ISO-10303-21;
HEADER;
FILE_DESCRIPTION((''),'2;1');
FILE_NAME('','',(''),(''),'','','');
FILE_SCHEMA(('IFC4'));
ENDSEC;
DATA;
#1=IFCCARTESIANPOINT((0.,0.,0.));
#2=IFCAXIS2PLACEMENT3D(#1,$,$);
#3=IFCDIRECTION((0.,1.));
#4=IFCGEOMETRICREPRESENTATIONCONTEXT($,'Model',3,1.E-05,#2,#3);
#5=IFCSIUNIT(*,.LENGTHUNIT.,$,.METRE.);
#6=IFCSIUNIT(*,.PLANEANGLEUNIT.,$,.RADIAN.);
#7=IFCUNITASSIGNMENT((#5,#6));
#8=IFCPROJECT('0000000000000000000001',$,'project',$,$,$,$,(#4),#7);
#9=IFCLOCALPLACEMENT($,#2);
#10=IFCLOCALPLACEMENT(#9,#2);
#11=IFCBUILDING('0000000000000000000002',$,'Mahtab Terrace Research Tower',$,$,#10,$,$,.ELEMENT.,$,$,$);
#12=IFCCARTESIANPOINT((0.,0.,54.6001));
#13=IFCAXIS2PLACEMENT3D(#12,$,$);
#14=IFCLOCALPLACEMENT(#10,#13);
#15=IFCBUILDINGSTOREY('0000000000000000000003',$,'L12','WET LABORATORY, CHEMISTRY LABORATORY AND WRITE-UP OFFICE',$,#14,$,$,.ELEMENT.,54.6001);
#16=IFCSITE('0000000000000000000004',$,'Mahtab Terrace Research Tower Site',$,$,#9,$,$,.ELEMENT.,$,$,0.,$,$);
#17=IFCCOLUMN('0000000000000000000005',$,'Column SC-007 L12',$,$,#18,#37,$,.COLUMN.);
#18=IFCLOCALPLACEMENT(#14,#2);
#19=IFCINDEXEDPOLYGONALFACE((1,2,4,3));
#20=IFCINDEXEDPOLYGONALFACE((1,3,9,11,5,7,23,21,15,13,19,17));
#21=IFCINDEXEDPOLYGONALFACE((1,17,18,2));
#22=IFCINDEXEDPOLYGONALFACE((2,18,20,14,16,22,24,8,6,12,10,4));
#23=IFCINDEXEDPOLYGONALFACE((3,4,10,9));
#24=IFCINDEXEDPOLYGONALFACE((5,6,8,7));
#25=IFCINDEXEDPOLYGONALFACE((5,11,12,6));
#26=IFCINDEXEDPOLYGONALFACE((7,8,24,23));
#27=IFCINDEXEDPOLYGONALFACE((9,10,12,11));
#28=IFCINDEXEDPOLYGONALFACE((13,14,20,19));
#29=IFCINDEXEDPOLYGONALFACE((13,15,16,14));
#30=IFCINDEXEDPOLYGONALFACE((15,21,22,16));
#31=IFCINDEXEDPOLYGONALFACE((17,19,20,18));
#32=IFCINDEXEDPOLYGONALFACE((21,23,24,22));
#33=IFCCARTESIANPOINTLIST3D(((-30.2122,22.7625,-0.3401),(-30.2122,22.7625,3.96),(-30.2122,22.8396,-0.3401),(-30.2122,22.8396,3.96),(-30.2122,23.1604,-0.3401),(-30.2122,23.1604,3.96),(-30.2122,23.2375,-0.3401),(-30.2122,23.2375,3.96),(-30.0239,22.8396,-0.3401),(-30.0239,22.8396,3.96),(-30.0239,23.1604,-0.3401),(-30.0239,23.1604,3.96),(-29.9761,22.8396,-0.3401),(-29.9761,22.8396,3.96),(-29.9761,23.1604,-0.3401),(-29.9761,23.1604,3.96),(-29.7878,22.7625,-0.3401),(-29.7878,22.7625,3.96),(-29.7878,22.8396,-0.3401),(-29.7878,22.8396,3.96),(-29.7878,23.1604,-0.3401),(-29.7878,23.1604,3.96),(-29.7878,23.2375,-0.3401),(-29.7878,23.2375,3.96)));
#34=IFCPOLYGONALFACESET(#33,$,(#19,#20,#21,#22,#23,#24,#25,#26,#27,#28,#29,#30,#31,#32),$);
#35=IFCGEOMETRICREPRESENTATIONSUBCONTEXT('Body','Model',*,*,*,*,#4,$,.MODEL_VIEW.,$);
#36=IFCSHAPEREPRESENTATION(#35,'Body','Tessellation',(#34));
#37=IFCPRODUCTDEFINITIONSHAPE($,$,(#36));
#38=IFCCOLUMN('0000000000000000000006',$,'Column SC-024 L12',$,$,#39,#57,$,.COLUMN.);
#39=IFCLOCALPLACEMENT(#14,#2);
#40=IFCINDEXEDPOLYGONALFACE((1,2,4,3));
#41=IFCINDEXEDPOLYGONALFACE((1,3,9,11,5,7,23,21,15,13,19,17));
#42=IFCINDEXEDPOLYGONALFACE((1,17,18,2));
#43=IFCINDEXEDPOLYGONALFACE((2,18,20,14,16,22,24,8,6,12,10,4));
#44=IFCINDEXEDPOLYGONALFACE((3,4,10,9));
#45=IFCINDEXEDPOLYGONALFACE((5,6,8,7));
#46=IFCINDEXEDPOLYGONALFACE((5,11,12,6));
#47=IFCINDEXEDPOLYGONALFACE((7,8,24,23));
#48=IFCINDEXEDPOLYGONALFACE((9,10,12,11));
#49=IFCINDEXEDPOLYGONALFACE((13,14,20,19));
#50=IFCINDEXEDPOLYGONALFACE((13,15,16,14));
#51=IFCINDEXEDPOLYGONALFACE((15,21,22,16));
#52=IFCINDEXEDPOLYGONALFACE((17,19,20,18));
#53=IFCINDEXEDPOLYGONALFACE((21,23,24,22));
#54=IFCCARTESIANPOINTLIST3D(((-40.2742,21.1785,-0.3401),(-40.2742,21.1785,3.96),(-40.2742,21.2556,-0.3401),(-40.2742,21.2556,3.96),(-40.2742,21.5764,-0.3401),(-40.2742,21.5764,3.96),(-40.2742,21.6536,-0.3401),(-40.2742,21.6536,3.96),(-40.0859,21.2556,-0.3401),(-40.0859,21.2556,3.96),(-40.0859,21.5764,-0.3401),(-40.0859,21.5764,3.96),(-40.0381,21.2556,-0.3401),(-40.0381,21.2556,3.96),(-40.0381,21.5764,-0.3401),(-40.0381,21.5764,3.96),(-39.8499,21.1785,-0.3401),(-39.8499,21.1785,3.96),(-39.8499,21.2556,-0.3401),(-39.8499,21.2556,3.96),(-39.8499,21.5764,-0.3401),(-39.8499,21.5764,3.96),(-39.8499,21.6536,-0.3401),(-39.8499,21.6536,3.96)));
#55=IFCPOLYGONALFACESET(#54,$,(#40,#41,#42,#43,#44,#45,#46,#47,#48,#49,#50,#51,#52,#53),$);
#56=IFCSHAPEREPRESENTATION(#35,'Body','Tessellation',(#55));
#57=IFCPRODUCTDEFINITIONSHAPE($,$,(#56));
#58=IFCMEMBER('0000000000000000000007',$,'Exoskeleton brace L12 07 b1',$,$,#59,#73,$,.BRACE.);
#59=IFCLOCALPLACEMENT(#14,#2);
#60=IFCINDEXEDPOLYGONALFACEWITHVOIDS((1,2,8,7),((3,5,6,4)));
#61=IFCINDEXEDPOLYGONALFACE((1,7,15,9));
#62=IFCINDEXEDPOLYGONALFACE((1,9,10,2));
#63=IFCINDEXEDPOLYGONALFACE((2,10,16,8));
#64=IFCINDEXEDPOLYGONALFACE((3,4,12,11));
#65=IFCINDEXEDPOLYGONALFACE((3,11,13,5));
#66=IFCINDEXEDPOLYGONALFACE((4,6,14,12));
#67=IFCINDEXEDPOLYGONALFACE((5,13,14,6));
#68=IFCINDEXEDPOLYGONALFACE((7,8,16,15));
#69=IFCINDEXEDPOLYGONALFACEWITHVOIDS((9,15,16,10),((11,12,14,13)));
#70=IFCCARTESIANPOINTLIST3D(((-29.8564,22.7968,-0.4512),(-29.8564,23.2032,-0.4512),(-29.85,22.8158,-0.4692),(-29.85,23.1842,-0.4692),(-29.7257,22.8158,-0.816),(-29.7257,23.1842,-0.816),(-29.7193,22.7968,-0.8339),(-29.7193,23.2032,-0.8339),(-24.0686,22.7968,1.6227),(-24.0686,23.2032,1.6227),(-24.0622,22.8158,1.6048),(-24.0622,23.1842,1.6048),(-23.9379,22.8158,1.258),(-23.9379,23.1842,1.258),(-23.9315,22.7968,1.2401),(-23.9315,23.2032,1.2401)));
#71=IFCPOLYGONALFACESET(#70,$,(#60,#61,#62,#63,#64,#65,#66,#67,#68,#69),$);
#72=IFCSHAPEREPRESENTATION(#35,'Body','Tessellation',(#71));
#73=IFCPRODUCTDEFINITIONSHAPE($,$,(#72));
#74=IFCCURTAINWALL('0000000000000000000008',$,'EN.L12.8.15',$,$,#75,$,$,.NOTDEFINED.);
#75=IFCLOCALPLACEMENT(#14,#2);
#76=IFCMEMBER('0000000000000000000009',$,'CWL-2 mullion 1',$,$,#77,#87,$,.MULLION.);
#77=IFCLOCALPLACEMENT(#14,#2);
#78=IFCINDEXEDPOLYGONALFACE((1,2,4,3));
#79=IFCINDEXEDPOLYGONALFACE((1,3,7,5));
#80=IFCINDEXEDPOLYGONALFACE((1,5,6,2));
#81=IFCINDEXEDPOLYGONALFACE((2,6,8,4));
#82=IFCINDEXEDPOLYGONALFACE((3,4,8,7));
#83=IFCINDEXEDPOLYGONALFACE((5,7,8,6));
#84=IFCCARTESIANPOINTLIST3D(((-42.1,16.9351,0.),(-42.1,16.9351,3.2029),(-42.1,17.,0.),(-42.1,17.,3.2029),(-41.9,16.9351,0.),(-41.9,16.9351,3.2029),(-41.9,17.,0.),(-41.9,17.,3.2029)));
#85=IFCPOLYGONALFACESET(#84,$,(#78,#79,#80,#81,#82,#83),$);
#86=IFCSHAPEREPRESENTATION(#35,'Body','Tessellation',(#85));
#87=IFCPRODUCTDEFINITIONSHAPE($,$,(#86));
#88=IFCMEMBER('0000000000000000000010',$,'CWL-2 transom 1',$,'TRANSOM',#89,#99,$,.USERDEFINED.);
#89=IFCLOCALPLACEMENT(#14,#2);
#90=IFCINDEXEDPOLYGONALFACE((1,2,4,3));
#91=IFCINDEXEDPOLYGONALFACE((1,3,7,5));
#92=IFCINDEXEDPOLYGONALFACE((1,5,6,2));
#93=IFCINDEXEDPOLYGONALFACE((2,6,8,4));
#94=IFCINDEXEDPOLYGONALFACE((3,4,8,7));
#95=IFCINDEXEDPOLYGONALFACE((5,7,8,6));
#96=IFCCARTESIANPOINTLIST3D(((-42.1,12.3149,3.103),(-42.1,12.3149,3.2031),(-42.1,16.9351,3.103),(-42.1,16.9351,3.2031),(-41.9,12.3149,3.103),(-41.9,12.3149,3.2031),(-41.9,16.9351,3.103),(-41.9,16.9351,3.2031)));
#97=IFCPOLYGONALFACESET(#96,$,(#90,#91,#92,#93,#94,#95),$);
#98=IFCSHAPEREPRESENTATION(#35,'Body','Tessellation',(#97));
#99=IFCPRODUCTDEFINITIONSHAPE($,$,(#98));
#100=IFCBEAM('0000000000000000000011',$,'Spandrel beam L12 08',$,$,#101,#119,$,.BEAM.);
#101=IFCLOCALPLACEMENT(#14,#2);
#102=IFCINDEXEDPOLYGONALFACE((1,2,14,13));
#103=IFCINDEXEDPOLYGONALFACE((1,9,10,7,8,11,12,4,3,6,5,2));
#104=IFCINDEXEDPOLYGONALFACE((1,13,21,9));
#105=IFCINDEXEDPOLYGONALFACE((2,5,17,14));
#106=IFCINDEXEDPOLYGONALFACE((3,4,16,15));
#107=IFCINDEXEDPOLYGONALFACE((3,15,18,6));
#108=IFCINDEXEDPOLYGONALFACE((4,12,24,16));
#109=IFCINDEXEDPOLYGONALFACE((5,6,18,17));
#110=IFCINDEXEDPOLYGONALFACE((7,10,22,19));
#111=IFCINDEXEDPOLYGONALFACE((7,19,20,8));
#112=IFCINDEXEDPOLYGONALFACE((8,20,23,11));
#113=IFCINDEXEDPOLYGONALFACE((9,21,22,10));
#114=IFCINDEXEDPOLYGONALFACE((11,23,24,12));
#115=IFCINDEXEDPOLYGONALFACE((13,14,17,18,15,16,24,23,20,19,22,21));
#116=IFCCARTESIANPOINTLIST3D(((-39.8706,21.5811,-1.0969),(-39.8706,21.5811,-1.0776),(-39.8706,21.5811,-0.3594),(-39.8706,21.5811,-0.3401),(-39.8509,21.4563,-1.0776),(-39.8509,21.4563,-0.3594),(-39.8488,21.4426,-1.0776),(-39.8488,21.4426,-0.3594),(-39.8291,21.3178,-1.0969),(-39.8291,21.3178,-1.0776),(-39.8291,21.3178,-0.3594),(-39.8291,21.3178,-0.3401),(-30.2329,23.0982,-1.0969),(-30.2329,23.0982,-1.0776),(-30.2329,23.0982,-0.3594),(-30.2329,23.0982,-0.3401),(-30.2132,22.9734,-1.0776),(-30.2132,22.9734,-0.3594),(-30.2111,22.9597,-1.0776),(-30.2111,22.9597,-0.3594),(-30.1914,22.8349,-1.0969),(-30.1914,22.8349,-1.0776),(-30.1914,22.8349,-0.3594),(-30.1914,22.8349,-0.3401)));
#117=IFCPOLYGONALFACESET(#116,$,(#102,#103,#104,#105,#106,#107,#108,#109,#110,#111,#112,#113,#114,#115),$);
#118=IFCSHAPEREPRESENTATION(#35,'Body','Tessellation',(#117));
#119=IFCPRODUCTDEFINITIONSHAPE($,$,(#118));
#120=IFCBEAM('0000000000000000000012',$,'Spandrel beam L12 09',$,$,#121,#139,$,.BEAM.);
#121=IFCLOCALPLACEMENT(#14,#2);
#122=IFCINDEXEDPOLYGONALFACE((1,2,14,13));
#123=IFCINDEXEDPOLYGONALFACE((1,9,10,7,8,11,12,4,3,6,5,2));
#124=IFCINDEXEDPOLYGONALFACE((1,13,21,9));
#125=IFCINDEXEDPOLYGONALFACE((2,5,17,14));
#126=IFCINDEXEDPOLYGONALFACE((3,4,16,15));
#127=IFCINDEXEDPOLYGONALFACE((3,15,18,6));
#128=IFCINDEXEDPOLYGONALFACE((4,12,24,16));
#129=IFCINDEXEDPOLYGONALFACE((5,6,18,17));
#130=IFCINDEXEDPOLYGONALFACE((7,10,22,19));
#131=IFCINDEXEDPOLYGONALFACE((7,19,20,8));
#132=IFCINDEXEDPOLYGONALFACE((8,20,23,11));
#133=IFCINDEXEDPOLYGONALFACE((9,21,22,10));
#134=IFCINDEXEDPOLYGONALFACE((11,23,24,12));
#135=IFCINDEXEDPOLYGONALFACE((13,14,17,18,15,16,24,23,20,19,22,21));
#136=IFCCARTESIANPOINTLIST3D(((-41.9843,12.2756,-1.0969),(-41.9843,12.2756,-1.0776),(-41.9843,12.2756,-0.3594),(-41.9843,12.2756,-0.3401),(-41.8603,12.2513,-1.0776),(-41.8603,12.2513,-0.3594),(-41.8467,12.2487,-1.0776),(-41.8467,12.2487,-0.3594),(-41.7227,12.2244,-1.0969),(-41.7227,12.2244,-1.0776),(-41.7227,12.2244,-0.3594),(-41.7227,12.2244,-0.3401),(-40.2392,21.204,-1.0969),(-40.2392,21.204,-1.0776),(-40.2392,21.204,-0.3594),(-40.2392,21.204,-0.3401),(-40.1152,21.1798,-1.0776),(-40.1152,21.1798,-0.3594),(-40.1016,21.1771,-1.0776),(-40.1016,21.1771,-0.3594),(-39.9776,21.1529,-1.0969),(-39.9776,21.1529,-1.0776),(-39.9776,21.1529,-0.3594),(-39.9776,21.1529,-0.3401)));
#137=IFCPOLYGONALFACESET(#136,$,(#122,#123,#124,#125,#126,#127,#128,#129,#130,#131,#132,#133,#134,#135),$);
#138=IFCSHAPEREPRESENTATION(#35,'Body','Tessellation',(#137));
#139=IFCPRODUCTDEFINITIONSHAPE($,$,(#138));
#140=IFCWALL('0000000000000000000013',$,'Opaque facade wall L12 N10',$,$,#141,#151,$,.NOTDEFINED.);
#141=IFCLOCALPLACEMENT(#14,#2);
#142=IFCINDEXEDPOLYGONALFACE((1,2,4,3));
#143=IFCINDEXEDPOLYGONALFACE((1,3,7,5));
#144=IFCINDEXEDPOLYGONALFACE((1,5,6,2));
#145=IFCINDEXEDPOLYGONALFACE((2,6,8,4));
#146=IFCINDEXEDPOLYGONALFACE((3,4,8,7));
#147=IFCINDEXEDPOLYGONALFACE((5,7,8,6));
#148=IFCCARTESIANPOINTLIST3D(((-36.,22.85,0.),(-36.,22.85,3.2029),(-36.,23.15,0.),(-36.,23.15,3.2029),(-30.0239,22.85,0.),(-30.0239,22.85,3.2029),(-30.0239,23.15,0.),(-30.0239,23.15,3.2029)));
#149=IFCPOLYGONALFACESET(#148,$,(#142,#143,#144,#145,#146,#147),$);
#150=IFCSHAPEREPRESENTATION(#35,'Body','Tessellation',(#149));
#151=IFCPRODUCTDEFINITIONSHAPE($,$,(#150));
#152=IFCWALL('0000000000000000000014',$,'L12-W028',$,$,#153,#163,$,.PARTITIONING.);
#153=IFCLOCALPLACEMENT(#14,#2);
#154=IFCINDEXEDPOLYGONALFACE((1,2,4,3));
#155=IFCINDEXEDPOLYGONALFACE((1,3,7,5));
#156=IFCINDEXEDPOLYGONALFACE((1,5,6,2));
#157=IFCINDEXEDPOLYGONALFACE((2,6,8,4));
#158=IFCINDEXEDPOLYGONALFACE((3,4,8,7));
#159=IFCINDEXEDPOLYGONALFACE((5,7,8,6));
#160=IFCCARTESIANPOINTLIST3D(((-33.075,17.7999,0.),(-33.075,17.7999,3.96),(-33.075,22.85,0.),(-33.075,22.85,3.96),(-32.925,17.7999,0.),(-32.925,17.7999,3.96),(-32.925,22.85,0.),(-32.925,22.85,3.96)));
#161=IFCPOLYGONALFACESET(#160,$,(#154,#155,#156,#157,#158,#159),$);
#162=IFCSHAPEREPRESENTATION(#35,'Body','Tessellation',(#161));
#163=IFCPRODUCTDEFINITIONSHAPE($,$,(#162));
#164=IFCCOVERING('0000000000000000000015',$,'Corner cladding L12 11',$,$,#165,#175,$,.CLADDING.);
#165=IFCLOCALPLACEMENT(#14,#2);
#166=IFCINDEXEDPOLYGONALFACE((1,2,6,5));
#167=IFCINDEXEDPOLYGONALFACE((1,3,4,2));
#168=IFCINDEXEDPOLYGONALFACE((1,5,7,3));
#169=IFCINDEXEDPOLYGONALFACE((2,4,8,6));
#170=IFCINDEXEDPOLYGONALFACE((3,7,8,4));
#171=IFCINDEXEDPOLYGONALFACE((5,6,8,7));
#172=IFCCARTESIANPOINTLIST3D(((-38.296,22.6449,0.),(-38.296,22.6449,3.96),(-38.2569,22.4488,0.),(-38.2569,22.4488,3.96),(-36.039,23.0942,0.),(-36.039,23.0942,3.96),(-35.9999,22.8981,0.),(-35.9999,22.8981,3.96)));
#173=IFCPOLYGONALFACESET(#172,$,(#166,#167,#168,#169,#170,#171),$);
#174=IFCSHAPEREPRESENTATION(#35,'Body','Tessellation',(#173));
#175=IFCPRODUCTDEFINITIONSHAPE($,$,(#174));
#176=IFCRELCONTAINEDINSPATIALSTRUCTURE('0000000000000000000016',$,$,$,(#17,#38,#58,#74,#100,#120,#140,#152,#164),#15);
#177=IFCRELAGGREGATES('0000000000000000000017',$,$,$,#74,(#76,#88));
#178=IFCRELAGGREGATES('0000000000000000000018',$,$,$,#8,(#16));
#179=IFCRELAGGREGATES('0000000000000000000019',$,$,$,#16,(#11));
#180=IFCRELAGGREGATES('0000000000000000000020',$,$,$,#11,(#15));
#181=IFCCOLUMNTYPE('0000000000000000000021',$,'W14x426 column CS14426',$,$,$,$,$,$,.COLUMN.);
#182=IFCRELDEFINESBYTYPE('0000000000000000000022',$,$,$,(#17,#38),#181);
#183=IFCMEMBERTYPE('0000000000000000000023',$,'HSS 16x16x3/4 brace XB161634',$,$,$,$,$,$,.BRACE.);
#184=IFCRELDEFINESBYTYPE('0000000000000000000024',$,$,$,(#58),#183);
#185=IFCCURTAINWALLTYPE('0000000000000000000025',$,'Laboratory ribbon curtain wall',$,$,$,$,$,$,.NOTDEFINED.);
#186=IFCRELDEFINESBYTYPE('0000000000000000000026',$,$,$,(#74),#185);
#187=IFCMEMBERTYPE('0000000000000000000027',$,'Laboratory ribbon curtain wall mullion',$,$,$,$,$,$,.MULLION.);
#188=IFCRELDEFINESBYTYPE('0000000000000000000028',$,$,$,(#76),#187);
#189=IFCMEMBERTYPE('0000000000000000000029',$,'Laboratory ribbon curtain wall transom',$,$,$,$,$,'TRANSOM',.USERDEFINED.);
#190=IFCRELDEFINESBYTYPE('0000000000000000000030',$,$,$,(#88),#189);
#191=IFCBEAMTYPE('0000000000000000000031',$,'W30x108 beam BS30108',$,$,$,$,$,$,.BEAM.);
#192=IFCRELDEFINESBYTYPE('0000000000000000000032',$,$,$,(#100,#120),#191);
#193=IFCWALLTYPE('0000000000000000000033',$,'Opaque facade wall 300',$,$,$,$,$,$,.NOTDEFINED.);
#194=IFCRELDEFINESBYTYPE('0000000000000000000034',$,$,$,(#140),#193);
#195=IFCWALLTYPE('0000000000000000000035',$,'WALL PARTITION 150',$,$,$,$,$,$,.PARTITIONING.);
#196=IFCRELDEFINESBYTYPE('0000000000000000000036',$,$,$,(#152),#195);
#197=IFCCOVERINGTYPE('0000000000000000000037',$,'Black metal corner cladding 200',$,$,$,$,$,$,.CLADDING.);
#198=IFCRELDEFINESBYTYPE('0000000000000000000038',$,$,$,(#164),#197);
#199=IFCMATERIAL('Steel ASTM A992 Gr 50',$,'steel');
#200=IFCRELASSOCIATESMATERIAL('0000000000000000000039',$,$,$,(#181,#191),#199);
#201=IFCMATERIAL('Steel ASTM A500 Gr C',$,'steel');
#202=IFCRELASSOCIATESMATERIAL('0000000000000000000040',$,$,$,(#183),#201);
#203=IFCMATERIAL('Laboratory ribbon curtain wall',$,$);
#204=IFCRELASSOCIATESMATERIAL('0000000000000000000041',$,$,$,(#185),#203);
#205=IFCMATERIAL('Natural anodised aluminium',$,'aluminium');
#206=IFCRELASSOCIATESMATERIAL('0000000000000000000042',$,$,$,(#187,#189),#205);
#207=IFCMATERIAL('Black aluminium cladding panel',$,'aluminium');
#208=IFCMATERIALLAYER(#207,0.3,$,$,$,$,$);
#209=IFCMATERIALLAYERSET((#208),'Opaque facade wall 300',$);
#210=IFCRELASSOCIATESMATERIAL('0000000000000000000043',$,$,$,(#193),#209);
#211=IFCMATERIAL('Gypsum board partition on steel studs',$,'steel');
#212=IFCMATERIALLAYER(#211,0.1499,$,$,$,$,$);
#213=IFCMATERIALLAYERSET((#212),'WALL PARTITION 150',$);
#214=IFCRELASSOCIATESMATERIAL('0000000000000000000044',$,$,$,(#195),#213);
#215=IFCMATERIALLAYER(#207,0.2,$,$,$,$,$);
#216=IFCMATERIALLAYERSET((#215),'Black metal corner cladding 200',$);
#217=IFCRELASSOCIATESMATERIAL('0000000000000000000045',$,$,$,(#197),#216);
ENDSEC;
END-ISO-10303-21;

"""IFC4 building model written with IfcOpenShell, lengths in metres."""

from ifc_helpers import new_model, si_unit, direction, frame, frame_2d, origin, origin_2d, place, context, subcontext, project, spatial, rectangle, hollow_rectangle, i_section, extrude, material, layer, layer_set, material_profile, profile_set, type_object, element, aggregate, save


model = new_model("IFC4")

# Units and contexts
model_context = context("Model", 3, precision=1e-05, world=origin(), true_north=direction((0.0, 1.0)))
body_context = subcontext(model_context, "Body", "Model", "MODEL_VIEW")
ifc_project = project(units=[si_unit("LENGTHUNIT", "METRE"), si_unit("PLANEANGLEUNIT", "RADIAN")], contexts=[model_context])

# Site, building, storey
site_placement = place(None, origin())
site = spatial("IfcSite", under=ifc_project, at=site_placement, Name="Mahtab Terrace Research Tower Site", CompositionType="ELEMENT", RefElevation=0.0)
building_placement = place(site_placement, origin())
building = spatial("IfcBuilding", under=site, at=building_placement, Name="Mahtab Terrace Research Tower", CompositionType="ELEMENT")
storey_placement = place(building_placement, frame((0.0, 0.0, 54.6001)))
storey = spatial("IfcBuildingStorey", under=building, at=storey_placement, Name="L12", Description="WET LABORATORY, CHEMISTRY LABORATORY AND WRITE-UP OFFICE", CompositionType="ELEMENT", Elevation=54.6001)

# Columns
ifc_material_1 = material(Name="Steel ASTM A992 Gr 50", Category="steel")
ifc_material_profile_1 = material_profile(ifc_material_1, i_section(OverallWidth=0.4243, OverallDepth=0.4751, WebThickness=0.0479, FlangeThickness=0.0771, at=origin_2d()), Name="W14X426")
ifc_profile_set_1 = profile_set([ifc_material_profile_1], Name="Steel ASTM A992 Gr 50")
column_type = type_object("IfcColumnType", Name="W14x426 column CS14426", PredefinedType="COLUMN", material=ifc_profile_set_1)
for number, where, z_axis, x_axis, name in (
    (1, (-30.0, 23.0, -0.3401), (0.0, 0.0, 1.0), (1.0, 0.0, 0.0), "Column SC-007 L12"),
    (2, (-40.062, 21.416, -0.3401), (0.0, 0.0, 1.0), (1.0, 0.0, 0.0), "Column SC-024 L12"),
):
    element("IfcColumn", number, at=place(storey_placement, frame(where, z_axis=z_axis, x_axis=x_axis)), inside=storey, type_object=column_type, Name=name, PredefinedType="COLUMN", context=body_context, shape_type="SweptSolid", body=[
        extrude(i_section(OverallWidth=0.4243, OverallDepth=0.4751, WebThickness=0.0479, FlangeThickness=0.0771, at=origin_2d()), origin(), (0.0, 0.0, 1.0), 4.3),
    ])

# Member
ifc_material_2 = material(Name="Steel ASTM A500 Gr C", Category="steel")
ifc_material_profile_2 = material_profile(ifc_material_2, hollow_rectangle(XDim=0.4065, YDim=0.4065, WallThickness=0.019, at=origin_2d()), Name="HSS16X16X3/4")
ifc_profile_set_2 = profile_set([ifc_material_profile_2], Name="Steel ASTM A500 Gr C")
member_type_1 = type_object("IfcMemberType", Name="HSS 16x16x3/4 brace XB161634", PredefinedType="BRACE", material=ifc_profile_set_2)
member_1_placement = place(storey_placement, frame((-29.7878, 23.0, -0.6426), z_axis=(0.941387, 0.0, 0.33733), x_axis=(0.0, 1.0, 0.0)))
element("IfcMember", 3, at=member_1_placement, inside=storey, type_object=member_type_1, Name="Exoskeleton brace L12 07 b1", PredefinedType="BRACE", context=body_context, shape_type="SweptSolid", body=[
    extrude(hollow_rectangle(XDim=0.4065, YDim=0.4065, WallThickness=0.019, at=origin_2d()), origin(), (0.0, 0.0, 1.0), 6.1482),
])

# Curtain wall, members
ifc_material_3 = material(Name="Laboratory ribbon curtain wall")
curtain_wall_type = type_object("IfcCurtainWallType", Name="Laboratory ribbon curtain wall", PredefinedType="NOTDEFINED", material=ifc_material_3)
curtain_wall_placement = place(storey_placement, origin())
curtain_wall = element("IfcCurtainWall", 4, at=curtain_wall_placement, inside=storey, type_object=curtain_wall_type, Name="EN.L12.8.15", PredefinedType="NOTDEFINED")
ifc_material_4 = material(Name="Natural anodised aluminium", Category="aluminium")
ifc_material_profile_3 = material_profile(ifc_material_4, rectangle(XDim=0.2, YDim=0.0649, at=origin_2d()), Name="MULLION 65x200")
ifc_profile_set_3 = profile_set([ifc_material_profile_3], Name="Natural anodised aluminium")
member_type_2 = type_object("IfcMemberType", Name="Laboratory ribbon curtain wall mullion", PredefinedType="MULLION", material=ifc_profile_set_3)
member_2_placement = place(storey_placement, frame((-42.0, 16.9675, 0.0), z_axis=(0.0, 0.0, 1.0), x_axis=(1.0, 0.0, 0.0)))
member_2 = element("IfcMember", 5, at=member_2_placement, type_object=member_type_2, Name="CWL-2 mullion 1", PredefinedType="MULLION", context=body_context, shape_type="SweptSolid", body=[
    extrude(rectangle(XDim=0.2, YDim=0.0649, at=origin_2d()), origin(), (0.0, 0.0, 1.0), 3.2029),
])
ifc_material_profile_4 = material_profile(ifc_material_4, rectangle(XDim=0.2, YDim=0.1001, at=origin_2d()), Name="TRANSOM 100x200")
ifc_profile_set_4 = profile_set([ifc_material_profile_4], Name="Natural anodised aluminium")
member_type_3 = type_object("IfcMemberType", Name="Laboratory ribbon curtain wall transom", ElementType="TRANSOM", PredefinedType="USERDEFINED", material=ifc_profile_set_4)
member_3_placement = place(storey_placement, frame((-42.0, 16.9351, 3.1531), z_axis=(0.0, -1.0, 0.0), x_axis=(1.0, 0.0, 0.0)))
member_3 = element("IfcMember", 6, at=member_3_placement, type_object=member_type_3, Name="CWL-2 transom 1", ObjectType="TRANSOM", PredefinedType="USERDEFINED", context=body_context, shape_type="SweptSolid", body=[
    extrude(rectangle(XDim=0.2, YDim=0.1001, at=origin_2d()), origin(), (0.0, 0.0, 1.0), 4.6201),
])
aggregate(curtain_wall, [member_2, member_3])

# Beams
ifc_material_profile_5 = material_profile(ifc_material_1, i_section(OverallWidth=0.2666, OverallDepth=0.7568, WebThickness=0.0139, FlangeThickness=0.0193, at=origin_2d()), Name="W30X108")
ifc_profile_set_5 = profile_set([ifc_material_profile_5], Name="Steel ASTM A992 Gr 50")
beam_type = type_object("IfcBeamType", Name="W30x108 beam BS30108", PredefinedType="BEAM", material=ifc_profile_set_5)
beam_1_placement = place(storey_placement, frame((-30.2122, 22.9666, -0.7185), z_axis=(-0.987836, -0.155497, 0.0), x_axis=(0.155497, -0.987836, 0.0)))
element("IfcBeam", 7, at=beam_1_placement, inside=storey, type_object=beam_type, Name="Spandrel beam L12 08", PredefinedType="BEAM", context=body_context, shape_type="SweptSolid", body=[
    extrude(i_section(OverallWidth=0.2666, OverallDepth=0.7568, WebThickness=0.0139, FlangeThickness=0.0193, at=origin_2d()), origin(), (0.0, 0.0, 1.0), 9.7563),
])
beam_2_placement = place(storey_placement, frame((-40.1084, 21.1785, -0.7185), z_axis=(-0.191826, -0.981429, 0.0), x_axis=(0.981429, -0.191826, 0.0)))
element("IfcBeam", 8, at=beam_2_placement, inside=storey, type_object=beam_type, Name="Spandrel beam L12 09", PredefinedType="BEAM", context=body_context, shape_type="SweptSolid", body=[
    extrude(i_section(OverallWidth=0.2666, OverallDepth=0.7568, WebThickness=0.0139, FlangeThickness=0.0193, at=origin_2d()), origin(), (0.0, 0.0, 1.0), 9.0974),
])

# Wall
ifc_material_5 = material(Name="Black aluminium cladding panel", Category="aluminium")
ifc_layer_1 = layer(ifc_material_5, 0.3)
ifc_layer_set_1 = layer_set([ifc_layer_1], Name="Opaque facade wall 300")
wall_type_1 = type_object("IfcWallType", Name="Opaque facade wall 300", PredefinedType="NOTDEFINED", material=ifc_layer_set_1)
wall_1_placement = place(storey_placement, frame((-30.0239, 23.0, 0.0), z_axis=(0.0, 0.0, 1.0), x_axis=(-1.0, 0.0, 0.0)))
element("IfcWall", 9, at=wall_1_placement, inside=storey, type_object=wall_type_1, Name="Opaque facade wall L12 N10", PredefinedType="NOTDEFINED", context=body_context, shape_type="SweptSolid", body=[
    extrude(rectangle(XDim=5.9761, YDim=0.3, at=frame_2d((2.988, 0.0))), origin(), (0.0, 0.0, 1.0), 3.2029),
])

# Wall
ifc_material_6 = material(Name="Gypsum board partition on steel studs", Category="steel")
ifc_layer_2 = layer(ifc_material_6, 0.1499)
ifc_layer_set_2 = layer_set([ifc_layer_2], Name="WALL PARTITION 150")
wall_type_2 = type_object("IfcWallType", Name="WALL PARTITION 150", PredefinedType="PARTITIONING", material=ifc_layer_set_2)
wall_2_placement = place(storey_placement, frame((-33.0, 17.8, 0.0), z_axis=(0.0, 0.0, 1.0), x_axis=(0.0, 1.0, 0.0)))
element("IfcWall", 10, at=wall_2_placement, inside=storey, type_object=wall_type_2, Name="L12-W028", PredefinedType="PARTITIONING", context=body_context, shape_type="SweptSolid", body=[
    extrude(rectangle(XDim=5.05, YDim=0.1499, at=frame_2d((2.5249, 0.0))), origin(), (0.0, 0.0, 1.0), 3.96),
])

# Covering
ifc_layer_3 = layer(ifc_material_5, 0.2)
ifc_layer_set_3 = layer_set([ifc_layer_3], Name="Black metal corner cladding 200")
covering_type = type_object("IfcCoveringType", Name="Black metal corner cladding 200", PredefinedType="CLADDING", material=ifc_layer_set_3)
covering_1_placement = place(storey_placement, frame((-37.1479, 22.7715, 0.0), z_axis=(0.0, 0.0, 1.0), x_axis=(-0.980761, -0.195212, 0.0)))
element("IfcCovering", 11, at=covering_1_placement, inside=storey, type_object=covering_type, Name="Corner cladding L12 11", PredefinedType="CLADDING", context=body_context, shape_type="SweptSolid", body=[
    extrude(rectangle(XDim=2.3013, YDim=0.2, at=origin_2d()), origin(), (0.0, 0.0, 1.0), 3.96),
])

save(model, "model.ifc")
